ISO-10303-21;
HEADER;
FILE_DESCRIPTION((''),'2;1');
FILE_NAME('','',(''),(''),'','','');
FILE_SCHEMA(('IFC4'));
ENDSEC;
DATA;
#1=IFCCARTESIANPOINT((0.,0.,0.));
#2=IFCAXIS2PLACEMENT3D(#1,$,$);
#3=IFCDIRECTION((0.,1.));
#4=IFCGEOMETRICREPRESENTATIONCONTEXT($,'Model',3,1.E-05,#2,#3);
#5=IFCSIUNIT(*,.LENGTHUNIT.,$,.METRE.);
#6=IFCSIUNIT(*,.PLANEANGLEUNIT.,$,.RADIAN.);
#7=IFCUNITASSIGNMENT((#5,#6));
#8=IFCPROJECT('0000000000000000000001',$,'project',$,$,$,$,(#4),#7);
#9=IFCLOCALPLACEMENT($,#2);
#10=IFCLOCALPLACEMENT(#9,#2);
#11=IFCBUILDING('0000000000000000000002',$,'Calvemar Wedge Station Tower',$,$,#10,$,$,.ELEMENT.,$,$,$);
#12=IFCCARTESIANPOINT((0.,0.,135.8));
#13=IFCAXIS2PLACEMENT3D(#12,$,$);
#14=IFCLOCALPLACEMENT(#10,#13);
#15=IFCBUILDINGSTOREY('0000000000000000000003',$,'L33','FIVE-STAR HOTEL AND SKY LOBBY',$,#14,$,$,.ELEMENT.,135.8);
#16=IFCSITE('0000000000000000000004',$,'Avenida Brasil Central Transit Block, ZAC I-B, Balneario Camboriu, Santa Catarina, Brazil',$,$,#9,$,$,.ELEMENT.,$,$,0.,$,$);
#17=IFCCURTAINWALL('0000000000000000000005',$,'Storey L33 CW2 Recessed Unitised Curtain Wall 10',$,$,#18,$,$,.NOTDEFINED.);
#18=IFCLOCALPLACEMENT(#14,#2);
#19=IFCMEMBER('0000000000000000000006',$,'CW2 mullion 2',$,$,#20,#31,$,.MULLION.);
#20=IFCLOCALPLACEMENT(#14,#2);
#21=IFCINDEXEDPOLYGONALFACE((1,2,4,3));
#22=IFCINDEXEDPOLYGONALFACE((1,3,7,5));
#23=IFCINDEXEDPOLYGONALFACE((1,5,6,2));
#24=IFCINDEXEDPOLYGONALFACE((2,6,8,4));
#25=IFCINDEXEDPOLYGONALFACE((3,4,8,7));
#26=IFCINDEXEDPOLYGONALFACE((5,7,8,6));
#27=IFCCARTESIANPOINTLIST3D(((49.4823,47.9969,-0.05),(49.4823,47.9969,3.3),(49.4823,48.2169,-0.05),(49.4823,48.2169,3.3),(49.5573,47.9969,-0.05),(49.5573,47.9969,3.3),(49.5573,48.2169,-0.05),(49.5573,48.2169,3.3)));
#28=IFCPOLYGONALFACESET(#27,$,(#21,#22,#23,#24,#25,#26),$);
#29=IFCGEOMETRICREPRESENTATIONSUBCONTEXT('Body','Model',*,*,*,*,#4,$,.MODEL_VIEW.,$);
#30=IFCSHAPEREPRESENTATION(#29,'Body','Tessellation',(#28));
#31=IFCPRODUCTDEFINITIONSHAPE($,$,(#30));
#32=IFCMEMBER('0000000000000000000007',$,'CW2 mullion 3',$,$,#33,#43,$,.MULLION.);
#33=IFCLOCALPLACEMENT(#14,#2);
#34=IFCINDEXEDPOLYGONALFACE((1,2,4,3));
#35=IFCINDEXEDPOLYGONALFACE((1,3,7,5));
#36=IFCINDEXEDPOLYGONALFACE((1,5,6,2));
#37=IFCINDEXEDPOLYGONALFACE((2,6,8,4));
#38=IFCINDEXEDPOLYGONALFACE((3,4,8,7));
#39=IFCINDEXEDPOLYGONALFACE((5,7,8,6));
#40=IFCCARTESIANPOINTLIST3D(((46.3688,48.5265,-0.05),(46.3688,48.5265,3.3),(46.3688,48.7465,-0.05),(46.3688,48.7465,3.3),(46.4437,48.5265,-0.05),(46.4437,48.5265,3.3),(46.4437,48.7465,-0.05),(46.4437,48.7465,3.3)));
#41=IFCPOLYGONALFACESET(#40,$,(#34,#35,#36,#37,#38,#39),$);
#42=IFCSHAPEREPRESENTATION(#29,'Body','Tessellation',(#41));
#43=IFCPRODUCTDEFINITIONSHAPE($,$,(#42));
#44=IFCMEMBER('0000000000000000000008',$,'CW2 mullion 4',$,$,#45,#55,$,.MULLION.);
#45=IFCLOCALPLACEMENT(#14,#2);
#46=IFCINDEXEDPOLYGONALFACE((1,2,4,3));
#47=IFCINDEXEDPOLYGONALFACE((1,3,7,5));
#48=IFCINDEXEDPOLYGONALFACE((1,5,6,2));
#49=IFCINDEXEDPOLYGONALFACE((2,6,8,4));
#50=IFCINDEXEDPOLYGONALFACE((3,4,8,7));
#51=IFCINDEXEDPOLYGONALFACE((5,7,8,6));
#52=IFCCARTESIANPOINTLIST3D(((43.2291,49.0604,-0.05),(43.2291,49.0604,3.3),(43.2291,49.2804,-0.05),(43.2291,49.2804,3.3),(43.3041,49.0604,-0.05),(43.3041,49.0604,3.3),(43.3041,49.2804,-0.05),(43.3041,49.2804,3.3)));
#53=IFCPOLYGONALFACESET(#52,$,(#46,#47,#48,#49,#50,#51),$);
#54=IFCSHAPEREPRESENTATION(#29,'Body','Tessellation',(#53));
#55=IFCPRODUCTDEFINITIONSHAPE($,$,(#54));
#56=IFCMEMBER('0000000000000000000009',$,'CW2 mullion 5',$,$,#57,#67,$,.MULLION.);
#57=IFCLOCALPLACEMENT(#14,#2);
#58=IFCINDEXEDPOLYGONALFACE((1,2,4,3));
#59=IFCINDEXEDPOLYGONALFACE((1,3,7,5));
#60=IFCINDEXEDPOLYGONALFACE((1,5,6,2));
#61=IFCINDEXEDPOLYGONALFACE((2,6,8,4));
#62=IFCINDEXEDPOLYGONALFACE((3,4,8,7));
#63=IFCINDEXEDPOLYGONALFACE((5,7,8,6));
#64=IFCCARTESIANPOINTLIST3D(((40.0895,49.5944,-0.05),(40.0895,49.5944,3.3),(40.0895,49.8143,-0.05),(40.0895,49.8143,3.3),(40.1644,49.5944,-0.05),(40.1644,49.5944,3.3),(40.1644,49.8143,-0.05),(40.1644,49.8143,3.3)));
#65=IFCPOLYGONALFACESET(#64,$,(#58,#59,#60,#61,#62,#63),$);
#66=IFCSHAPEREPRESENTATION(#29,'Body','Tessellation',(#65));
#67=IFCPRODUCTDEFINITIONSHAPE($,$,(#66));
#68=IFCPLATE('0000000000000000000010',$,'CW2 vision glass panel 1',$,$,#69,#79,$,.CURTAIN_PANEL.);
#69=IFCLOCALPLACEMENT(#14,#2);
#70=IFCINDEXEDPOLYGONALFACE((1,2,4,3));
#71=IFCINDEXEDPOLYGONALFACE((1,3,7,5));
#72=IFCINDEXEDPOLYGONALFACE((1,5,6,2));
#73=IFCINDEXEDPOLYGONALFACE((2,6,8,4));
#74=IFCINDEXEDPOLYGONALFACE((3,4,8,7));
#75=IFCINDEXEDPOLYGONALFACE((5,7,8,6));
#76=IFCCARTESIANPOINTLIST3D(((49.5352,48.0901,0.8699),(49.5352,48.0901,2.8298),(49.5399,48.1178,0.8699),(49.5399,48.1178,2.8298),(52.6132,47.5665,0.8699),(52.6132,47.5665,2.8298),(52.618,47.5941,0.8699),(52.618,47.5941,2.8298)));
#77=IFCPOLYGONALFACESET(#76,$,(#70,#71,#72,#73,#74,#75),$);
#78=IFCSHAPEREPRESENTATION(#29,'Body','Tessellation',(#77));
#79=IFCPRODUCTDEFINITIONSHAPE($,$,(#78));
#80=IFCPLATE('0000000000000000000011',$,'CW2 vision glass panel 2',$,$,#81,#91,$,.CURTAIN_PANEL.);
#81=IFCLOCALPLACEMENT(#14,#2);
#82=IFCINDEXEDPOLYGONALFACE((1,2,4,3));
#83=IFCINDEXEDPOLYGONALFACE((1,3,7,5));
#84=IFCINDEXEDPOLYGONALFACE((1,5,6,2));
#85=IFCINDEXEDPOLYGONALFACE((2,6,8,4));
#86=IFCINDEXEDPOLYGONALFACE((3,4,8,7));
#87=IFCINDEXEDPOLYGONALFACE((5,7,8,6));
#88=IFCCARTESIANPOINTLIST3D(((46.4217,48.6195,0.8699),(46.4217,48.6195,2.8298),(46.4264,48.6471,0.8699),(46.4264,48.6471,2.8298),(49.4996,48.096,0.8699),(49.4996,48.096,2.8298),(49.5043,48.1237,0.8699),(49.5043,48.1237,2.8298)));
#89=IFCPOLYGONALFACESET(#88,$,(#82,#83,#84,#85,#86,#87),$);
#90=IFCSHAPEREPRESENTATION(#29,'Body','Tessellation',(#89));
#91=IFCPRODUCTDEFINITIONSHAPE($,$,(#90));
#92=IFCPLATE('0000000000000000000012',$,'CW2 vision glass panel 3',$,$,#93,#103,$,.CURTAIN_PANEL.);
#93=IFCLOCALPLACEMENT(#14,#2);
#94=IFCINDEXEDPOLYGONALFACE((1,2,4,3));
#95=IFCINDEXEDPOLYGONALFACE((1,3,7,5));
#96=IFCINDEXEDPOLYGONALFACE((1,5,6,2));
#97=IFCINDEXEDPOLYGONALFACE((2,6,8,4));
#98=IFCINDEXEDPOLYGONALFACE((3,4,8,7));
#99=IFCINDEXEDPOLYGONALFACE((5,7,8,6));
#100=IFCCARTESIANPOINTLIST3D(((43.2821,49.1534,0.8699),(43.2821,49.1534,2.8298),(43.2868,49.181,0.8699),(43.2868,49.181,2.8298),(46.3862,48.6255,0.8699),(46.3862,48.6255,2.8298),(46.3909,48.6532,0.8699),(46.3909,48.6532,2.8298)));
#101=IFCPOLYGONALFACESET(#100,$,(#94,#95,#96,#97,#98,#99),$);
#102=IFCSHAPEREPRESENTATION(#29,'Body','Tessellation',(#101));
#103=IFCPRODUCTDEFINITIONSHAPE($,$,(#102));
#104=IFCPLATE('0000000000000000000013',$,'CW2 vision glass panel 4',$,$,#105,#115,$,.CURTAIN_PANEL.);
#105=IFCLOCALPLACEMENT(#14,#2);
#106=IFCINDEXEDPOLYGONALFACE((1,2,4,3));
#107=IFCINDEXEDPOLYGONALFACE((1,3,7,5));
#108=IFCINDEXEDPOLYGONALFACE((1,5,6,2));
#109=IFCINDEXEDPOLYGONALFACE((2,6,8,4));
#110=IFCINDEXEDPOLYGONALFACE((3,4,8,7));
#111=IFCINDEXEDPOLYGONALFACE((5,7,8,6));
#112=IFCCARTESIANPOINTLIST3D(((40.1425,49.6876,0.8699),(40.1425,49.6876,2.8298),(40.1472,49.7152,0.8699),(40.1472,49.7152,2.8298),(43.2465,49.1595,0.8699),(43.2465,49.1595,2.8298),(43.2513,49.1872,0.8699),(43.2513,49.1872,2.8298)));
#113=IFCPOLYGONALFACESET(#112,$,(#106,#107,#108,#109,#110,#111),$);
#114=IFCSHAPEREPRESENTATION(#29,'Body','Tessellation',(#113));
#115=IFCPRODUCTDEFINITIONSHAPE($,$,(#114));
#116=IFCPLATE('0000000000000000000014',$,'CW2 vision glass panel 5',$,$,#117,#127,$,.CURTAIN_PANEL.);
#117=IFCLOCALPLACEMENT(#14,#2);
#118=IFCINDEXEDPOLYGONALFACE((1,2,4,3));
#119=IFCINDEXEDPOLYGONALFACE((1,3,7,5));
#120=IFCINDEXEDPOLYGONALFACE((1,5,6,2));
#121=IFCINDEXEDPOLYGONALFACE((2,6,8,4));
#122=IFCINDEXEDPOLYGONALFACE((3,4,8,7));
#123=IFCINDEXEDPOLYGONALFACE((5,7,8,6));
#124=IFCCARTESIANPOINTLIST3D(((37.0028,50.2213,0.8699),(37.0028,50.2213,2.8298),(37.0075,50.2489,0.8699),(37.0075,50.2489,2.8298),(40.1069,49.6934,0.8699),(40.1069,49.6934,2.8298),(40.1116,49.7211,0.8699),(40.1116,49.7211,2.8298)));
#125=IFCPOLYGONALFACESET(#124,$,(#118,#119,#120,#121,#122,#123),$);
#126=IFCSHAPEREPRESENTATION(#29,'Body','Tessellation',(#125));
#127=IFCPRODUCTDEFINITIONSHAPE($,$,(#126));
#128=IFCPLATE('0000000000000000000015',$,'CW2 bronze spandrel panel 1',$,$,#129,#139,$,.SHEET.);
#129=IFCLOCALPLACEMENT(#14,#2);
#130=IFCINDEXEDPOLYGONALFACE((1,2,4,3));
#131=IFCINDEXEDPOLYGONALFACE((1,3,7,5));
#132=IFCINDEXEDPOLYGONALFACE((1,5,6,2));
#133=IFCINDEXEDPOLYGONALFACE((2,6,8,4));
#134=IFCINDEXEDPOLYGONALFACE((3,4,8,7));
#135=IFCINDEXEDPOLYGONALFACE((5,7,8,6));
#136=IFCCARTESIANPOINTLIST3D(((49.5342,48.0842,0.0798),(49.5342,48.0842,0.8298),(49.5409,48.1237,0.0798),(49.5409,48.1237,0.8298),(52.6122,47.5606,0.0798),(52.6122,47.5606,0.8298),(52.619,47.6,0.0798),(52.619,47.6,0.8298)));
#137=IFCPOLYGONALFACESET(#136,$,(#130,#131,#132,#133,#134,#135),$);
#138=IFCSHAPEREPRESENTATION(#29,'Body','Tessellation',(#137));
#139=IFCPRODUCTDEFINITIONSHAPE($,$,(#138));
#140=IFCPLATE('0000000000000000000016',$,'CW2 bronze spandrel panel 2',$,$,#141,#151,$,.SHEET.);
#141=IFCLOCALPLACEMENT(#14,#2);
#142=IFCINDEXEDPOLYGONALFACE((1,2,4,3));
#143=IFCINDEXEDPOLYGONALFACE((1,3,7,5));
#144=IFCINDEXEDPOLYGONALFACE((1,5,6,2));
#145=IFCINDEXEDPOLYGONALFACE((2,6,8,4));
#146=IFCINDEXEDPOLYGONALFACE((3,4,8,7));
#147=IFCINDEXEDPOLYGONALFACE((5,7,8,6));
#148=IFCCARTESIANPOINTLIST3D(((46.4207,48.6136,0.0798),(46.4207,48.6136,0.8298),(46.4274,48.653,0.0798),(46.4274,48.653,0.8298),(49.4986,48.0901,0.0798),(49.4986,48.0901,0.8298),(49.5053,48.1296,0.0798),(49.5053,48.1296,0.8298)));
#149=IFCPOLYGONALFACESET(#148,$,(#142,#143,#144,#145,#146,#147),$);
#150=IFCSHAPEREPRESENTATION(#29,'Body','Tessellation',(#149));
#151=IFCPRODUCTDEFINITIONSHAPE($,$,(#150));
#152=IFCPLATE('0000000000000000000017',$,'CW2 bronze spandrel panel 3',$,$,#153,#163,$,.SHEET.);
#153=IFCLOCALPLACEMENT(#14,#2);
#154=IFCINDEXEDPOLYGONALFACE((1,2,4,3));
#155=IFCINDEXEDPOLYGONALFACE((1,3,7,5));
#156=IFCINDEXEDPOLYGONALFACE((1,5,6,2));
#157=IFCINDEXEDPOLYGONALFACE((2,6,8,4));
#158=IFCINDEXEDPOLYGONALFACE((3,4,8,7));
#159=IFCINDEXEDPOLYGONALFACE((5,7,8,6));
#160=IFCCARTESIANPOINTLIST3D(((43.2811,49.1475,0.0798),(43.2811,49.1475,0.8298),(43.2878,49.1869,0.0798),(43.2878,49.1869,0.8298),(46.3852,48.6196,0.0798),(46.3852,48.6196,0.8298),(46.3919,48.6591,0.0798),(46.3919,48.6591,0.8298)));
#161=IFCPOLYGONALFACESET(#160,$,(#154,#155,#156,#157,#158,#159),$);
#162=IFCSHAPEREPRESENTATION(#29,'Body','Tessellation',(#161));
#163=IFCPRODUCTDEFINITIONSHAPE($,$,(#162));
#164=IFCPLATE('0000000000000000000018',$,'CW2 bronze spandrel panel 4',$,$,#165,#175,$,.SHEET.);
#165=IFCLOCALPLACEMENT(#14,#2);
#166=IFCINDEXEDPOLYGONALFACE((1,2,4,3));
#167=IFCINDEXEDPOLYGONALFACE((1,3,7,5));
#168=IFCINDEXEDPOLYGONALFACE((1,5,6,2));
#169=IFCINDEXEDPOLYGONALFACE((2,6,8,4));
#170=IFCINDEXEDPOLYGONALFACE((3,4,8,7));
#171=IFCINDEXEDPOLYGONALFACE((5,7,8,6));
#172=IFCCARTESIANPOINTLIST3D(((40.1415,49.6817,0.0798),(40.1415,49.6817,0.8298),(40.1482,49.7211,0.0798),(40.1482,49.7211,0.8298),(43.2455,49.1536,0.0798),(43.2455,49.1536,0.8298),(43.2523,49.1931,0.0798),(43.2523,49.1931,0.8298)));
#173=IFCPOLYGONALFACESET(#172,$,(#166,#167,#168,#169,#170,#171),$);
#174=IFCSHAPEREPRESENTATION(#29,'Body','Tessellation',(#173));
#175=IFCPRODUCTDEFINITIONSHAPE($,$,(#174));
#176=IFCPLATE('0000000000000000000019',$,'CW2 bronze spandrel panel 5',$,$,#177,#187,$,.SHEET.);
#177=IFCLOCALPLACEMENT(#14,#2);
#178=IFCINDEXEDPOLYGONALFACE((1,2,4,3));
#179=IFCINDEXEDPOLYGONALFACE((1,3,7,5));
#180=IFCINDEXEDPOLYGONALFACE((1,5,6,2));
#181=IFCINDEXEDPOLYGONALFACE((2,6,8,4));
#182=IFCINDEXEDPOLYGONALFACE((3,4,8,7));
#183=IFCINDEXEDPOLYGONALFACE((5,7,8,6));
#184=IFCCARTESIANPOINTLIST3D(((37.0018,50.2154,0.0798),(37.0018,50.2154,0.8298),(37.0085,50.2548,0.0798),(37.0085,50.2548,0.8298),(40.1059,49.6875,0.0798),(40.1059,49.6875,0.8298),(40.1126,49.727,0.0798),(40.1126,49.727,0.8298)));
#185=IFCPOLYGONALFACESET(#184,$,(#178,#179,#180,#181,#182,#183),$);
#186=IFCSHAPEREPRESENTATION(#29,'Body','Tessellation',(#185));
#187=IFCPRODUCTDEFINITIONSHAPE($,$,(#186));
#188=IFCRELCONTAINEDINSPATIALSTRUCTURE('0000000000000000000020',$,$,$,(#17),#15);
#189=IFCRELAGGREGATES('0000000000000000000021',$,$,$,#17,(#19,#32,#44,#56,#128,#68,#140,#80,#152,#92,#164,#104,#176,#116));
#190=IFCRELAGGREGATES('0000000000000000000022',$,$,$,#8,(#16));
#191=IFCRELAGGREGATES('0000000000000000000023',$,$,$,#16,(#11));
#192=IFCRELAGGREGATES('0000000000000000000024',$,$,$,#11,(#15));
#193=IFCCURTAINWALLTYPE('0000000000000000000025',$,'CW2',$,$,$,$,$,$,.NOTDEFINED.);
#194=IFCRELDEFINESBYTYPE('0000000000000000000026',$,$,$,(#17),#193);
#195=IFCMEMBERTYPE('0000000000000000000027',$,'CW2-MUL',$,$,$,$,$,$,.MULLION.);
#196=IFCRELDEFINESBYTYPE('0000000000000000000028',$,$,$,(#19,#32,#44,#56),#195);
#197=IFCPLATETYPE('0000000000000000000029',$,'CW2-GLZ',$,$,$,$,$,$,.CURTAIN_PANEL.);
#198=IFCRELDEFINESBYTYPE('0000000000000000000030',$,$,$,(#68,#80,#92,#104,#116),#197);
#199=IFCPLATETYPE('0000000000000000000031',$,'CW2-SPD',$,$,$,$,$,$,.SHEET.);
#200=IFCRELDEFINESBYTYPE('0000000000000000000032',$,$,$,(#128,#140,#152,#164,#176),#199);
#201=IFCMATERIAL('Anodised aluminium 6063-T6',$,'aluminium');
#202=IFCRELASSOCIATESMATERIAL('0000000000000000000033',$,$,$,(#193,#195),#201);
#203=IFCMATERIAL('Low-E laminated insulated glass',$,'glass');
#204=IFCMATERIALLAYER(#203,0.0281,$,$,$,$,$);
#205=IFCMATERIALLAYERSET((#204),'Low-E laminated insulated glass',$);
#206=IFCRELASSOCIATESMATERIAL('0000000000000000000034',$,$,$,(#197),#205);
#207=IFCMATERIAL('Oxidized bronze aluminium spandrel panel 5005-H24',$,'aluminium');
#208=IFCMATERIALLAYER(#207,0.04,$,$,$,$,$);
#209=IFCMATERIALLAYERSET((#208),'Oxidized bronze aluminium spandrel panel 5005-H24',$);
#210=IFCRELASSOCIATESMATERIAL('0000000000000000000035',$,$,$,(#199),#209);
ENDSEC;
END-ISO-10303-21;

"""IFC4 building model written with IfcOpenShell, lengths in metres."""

from ifc_helpers import new_model, si_unit, direction, frame, frame_2d, origin, origin_2d, place, context, subcontext, project, spatial, rectangle, extrude, source, transform, mapped, material, layer, layer_set, material_profile, profile_set, type_object, element, aggregate, save


model = new_model("IFC4")

# Units and contexts
model_context = context("Model", 3, precision=1e-05, world=origin(), true_north=direction((0.0, 1.0)))
body_context = subcontext(model_context, "Body", "Model", "MODEL_VIEW")
ifc_project = project(units=[si_unit("LENGTHUNIT", "METRE"), si_unit("PLANEANGLEUNIT", "RADIAN")], contexts=[model_context])

# Site, building, storey
site_placement = place(None, origin())
site = spatial("IfcSite", under=ifc_project, at=site_placement, Name="Avenida Brasil Central Transit Block, ZAC I-B, Balneario Camboriu, Santa Catarina, Brazil", CompositionType="ELEMENT", RefElevation=0.0)
building_placement = place(site_placement, origin())
building = spatial("IfcBuilding", under=site, at=building_placement, Name="Calvemar Wedge Station Tower", CompositionType="ELEMENT")
storey_placement = place(building_placement, frame((0.0, 0.0, 135.8)))
storey = spatial("IfcBuildingStorey", under=building, at=storey_placement, Name="L33", Description="FIVE-STAR HOTEL AND SKY LOBBY", CompositionType="ELEMENT", Elevation=135.8)

# Curtain wall, members, plates
ifc_material_1 = material(Name="Anodised aluminium 6063-T6", Category="aluminium")
curtain_wall_type = type_object("IfcCurtainWallType", Name="CW2", PredefinedType="NOTDEFINED", material=ifc_material_1)
curtain_wall_placement = place(storey_placement, origin())
curtain_wall = element("IfcCurtainWall", 1, at=curtain_wall_placement, inside=storey, type_object=curtain_wall_type, Name="Storey L33 CW2 Recessed Unitised Curtain Wall 10", PredefinedType="NOTDEFINED")
ifc_material_profile_1 = material_profile(ifc_material_1, rectangle(XDim=0.075, YDim=0.22, at=origin_2d()), Name="AL-MUL-75x220")
ifc_profile_set_1 = profile_set([ifc_material_profile_1], Name="Anodised aluminium 6063-T6")
member_type_1 = type_object("IfcMemberType", Name="CW2-MUL", PredefinedType="MULLION", material=ifc_profile_set_1)
shared_shape_1 = source(origin(), body_context, "Body", "SweptSolid", [
    extrude(rectangle(XDim=0.075, YDim=0.22, at=origin_2d()), origin(), (0.0, 0.0, 1.0), 3.3501),
])
member_1_placement = place(storey_placement, frame((49.5198, 48.1069, -0.05), z_axis=(0.0, 0.0, 1.0), x_axis=(1.0, 0.0, 0.0)))
member_1 = element("IfcMember", 2, at=member_1_placement, type_object=member_type_1, Name="CW2 mullion 2", PredefinedType="MULLION", context=body_context, shape_type="MappedRepresentation", body=[
    mapped(shared_shape_1, transform((0.0, 0.0, 0.0), scale=1.0)),
])
member_2_placement = place(storey_placement, frame((46.4062, 48.6365, -0.05), z_axis=(0.0, 0.0, 1.0), x_axis=(1.0, 0.0, 0.0)))
member_2 = element("IfcMember", 3, at=member_2_placement, type_object=member_type_1, Name="CW2 mullion 3", PredefinedType="MULLION", context=body_context, shape_type="MappedRepresentation", body=[
    mapped(shared_shape_1, transform((0.0, 0.0, 0.0), scale=1.0)),
])
member_3_placement = place(storey_placement, frame((43.2666, 49.1704, -0.05), z_axis=(0.0, 0.0, 1.0), x_axis=(1.0, 0.0, 0.0)))
member_3 = element("IfcMember", 4, at=member_3_placement, type_object=member_type_1, Name="CW2 mullion 4", PredefinedType="MULLION", context=body_context, shape_type="MappedRepresentation", body=[
    mapped(shared_shape_1, transform((0.0, 0.0, 0.0), scale=1.0)),
])
member_4_placement = place(storey_placement, frame((40.127, 49.7043, -0.05), z_axis=(0.0, 0.0, 1.0), x_axis=(1.0, 0.0, 0.0)))
member_4 = element("IfcMember", 5, at=member_4_placement, type_object=member_type_1, Name="CW2 mullion 5", PredefinedType="MULLION", context=body_context, shape_type="MappedRepresentation", body=[
    mapped(shared_shape_1, transform((0.0, 0.0, 0.0), scale=1.0)),
])
ifc_material_2 = material(Name="Low-E laminated insulated glass", Category="glass")
ifc_layer_1 = layer(ifc_material_2, 0.0281)
ifc_layer_set_1 = layer_set([ifc_layer_1], Name="Low-E laminated insulated glass")
plate_type_1 = type_object("IfcPlateType", Name="CW2-GLZ", PredefinedType="CURTAIN_PANEL", material=ifc_layer_set_1)
plate_1_placement = place(storey_placement, frame((52.6155, 47.5803, 0.8699), z_axis=(0.0, 0.0, 1.0), x_axis=(-0.985835, 0.16772, 0.0)))
plate_1 = element("IfcPlate", 6, at=plate_1_placement, type_object=plate_type_1, Name="CW2 vision glass panel 1", PredefinedType="CURTAIN_PANEL", context=body_context, shape_type="SweptSolid", body=[
    extrude(rectangle(XDim=3.1223, YDim=0.0281, at=frame_2d((1.561, 0.0))), origin(), (0.0, 0.0, 1.0), 1.96),
])
plate_2_placement = place(storey_placement, frame((49.502, 48.1099, 0.8699), z_axis=(0.0, 0.0, 1.0), x_axis=(-0.985845, 0.167657, 0.0)))
plate_2 = element("IfcPlate", 7, at=plate_2_placement, type_object=plate_type_1, Name="CW2 vision glass panel 2", PredefinedType="CURTAIN_PANEL", context=body_context, shape_type="SweptSolid", body=[
    extrude(rectangle(XDim=3.1221, YDim=0.0281, at=frame_2d((1.561, 0.0))), origin(), (0.0, 0.0, 1.0), 1.96),
])
plate_3_placement = place(storey_placement, frame((46.3884, 48.6394, 0.8699), z_axis=(0.0, 0.0, 1.0), x_axis=(-0.98585, 0.167629, 0.0)))
plate_3 = element("IfcPlate", 8, at=plate_3_placement, type_object=plate_type_1, Name="CW2 vision glass panel 3", PredefinedType="CURTAIN_PANEL", context=body_context, shape_type="SweptSolid", body=[
    extrude(rectangle(XDim=3.1487, YDim=0.0281, at=frame_2d((1.5742, 0.0))), origin(), (0.0, 0.0, 1.0), 1.96),
])
plate_4_placement = place(storey_placement, frame((43.2488, 49.1733, 0.8699), z_axis=(0.0, 0.0, 1.0), x_axis=(-0.985835, 0.167718, 0.0)))
plate_4 = element("IfcPlate", 9, at=plate_4_placement, type_object=plate_type_1, Name="CW2 vision glass panel 4", PredefinedType="CURTAIN_PANEL", context=body_context, shape_type="SweptSolid", body=[
    extrude(rectangle(XDim=3.1487, YDim=0.0281, at=frame_2d((1.5742, 0.0))), origin(), (0.0, 0.0, 1.0), 1.96),
])
plate_5_placement = place(storey_placement, frame((40.1091, 49.7073, 0.8699), z_axis=(0.0, 0.0, 1.0), x_axis=(-0.985848, 0.167642, 0.0)))
plate_5 = element("IfcPlate", 10, at=plate_5_placement, type_object=plate_type_1, Name="CW2 vision glass panel 5", PredefinedType="CURTAIN_PANEL", context=body_context, shape_type="SweptSolid", body=[
    extrude(rectangle(XDim=3.1487, YDim=0.0281, at=frame_2d((1.5742, 0.0))), origin(), (0.0, 0.0, 1.0), 1.96),
])
ifc_material_3 = material(Name="Oxidized bronze aluminium spandrel panel 5005-H24", Category="aluminium")
ifc_layer_2 = layer(ifc_material_3, 0.04)
ifc_layer_set_2 = layer_set([ifc_layer_2], Name="Oxidized bronze aluminium spandrel panel 5005-H24")
plate_type_2 = type_object("IfcPlateType", Name="CW2-SPD", PredefinedType="SHEET", material=ifc_layer_set_2)
plate_6_placement = place(storey_placement, frame((52.6155, 47.5803, 0.0798), z_axis=(0.0, 0.0, 1.0), x_axis=(-0.985835, 0.16772, 0.0)))
plate_6 = element("IfcPlate", 11, at=plate_6_placement, type_object=plate_type_2, Name="CW2 bronze spandrel panel 1", PredefinedType="SHEET", context=body_context, shape_type="SweptSolid", body=[
    extrude(rectangle(XDim=3.1223, YDim=0.04, at=frame_2d((1.561, 0.0))), origin(), (0.0, 0.0, 1.0), 0.75),
])
plate_7_placement = place(storey_placement, frame((49.502, 48.1099, 0.0798), z_axis=(0.0, 0.0, 1.0), x_axis=(-0.985845, 0.167657, 0.0)))
plate_7 = element("IfcPlate", 12, at=plate_7_placement, type_object=plate_type_2, Name="CW2 bronze spandrel panel 2", PredefinedType="SHEET", context=body_context, shape_type="SweptSolid", body=[
    extrude(rectangle(XDim=3.1221, YDim=0.04, at=frame_2d((1.561, 0.0))), origin(), (0.0, 0.0, 1.0), 0.75),
])
plate_8_placement = place(storey_placement, frame((46.3884, 48.6394, 0.0798), z_axis=(0.0, 0.0, 1.0), x_axis=(-0.98585, 0.167629, 0.0)))
plate_8 = element("IfcPlate", 13, at=plate_8_placement, type_object=plate_type_2, Name="CW2 bronze spandrel panel 3", PredefinedType="SHEET", context=body_context, shape_type="SweptSolid", body=[
    extrude(rectangle(XDim=3.1487, YDim=0.04, at=frame_2d((1.5742, 0.0))), origin(), (0.0, 0.0, 1.0), 0.75),
])
plate_9_placement = place(storey_placement, frame((43.2488, 49.1733, 0.0798), z_axis=(0.0, 0.0, 1.0), x_axis=(-0.985835, 0.167718, 0.0)))
plate_9 = element("IfcPlate", 14, at=plate_9_placement, type_object=plate_type_2, Name="CW2 bronze spandrel panel 4", PredefinedType="SHEET", context=body_context, shape_type="SweptSolid", body=[
    extrude(rectangle(XDim=3.1487, YDim=0.04, at=frame_2d((1.5742, 0.0))), origin(), (0.0, 0.0, 1.0), 0.75),
])
plate_10_placement = place(storey_placement, frame((40.1091, 49.7073, 0.0798), z_axis=(0.0, 0.0, 1.0), x_axis=(-0.985848, 0.167642, 0.0)))
plate_10 = element("IfcPlate", 15, at=plate_10_placement, type_object=plate_type_2, Name="CW2 bronze spandrel panel 5", PredefinedType="SHEET", context=body_context, shape_type="SweptSolid", body=[
    extrude(rectangle(XDim=3.1487, YDim=0.04, at=frame_2d((1.5742, 0.0))), origin(), (0.0, 0.0, 1.0), 0.75),
])
aggregate(curtain_wall, [member_1, member_2, member_3, member_4, plate_6, plate_1, plate_7, plate_2, plate_8, plate_3, plate_9, plate_4, plate_10, plate_5])

save(model, "model.ifc")
